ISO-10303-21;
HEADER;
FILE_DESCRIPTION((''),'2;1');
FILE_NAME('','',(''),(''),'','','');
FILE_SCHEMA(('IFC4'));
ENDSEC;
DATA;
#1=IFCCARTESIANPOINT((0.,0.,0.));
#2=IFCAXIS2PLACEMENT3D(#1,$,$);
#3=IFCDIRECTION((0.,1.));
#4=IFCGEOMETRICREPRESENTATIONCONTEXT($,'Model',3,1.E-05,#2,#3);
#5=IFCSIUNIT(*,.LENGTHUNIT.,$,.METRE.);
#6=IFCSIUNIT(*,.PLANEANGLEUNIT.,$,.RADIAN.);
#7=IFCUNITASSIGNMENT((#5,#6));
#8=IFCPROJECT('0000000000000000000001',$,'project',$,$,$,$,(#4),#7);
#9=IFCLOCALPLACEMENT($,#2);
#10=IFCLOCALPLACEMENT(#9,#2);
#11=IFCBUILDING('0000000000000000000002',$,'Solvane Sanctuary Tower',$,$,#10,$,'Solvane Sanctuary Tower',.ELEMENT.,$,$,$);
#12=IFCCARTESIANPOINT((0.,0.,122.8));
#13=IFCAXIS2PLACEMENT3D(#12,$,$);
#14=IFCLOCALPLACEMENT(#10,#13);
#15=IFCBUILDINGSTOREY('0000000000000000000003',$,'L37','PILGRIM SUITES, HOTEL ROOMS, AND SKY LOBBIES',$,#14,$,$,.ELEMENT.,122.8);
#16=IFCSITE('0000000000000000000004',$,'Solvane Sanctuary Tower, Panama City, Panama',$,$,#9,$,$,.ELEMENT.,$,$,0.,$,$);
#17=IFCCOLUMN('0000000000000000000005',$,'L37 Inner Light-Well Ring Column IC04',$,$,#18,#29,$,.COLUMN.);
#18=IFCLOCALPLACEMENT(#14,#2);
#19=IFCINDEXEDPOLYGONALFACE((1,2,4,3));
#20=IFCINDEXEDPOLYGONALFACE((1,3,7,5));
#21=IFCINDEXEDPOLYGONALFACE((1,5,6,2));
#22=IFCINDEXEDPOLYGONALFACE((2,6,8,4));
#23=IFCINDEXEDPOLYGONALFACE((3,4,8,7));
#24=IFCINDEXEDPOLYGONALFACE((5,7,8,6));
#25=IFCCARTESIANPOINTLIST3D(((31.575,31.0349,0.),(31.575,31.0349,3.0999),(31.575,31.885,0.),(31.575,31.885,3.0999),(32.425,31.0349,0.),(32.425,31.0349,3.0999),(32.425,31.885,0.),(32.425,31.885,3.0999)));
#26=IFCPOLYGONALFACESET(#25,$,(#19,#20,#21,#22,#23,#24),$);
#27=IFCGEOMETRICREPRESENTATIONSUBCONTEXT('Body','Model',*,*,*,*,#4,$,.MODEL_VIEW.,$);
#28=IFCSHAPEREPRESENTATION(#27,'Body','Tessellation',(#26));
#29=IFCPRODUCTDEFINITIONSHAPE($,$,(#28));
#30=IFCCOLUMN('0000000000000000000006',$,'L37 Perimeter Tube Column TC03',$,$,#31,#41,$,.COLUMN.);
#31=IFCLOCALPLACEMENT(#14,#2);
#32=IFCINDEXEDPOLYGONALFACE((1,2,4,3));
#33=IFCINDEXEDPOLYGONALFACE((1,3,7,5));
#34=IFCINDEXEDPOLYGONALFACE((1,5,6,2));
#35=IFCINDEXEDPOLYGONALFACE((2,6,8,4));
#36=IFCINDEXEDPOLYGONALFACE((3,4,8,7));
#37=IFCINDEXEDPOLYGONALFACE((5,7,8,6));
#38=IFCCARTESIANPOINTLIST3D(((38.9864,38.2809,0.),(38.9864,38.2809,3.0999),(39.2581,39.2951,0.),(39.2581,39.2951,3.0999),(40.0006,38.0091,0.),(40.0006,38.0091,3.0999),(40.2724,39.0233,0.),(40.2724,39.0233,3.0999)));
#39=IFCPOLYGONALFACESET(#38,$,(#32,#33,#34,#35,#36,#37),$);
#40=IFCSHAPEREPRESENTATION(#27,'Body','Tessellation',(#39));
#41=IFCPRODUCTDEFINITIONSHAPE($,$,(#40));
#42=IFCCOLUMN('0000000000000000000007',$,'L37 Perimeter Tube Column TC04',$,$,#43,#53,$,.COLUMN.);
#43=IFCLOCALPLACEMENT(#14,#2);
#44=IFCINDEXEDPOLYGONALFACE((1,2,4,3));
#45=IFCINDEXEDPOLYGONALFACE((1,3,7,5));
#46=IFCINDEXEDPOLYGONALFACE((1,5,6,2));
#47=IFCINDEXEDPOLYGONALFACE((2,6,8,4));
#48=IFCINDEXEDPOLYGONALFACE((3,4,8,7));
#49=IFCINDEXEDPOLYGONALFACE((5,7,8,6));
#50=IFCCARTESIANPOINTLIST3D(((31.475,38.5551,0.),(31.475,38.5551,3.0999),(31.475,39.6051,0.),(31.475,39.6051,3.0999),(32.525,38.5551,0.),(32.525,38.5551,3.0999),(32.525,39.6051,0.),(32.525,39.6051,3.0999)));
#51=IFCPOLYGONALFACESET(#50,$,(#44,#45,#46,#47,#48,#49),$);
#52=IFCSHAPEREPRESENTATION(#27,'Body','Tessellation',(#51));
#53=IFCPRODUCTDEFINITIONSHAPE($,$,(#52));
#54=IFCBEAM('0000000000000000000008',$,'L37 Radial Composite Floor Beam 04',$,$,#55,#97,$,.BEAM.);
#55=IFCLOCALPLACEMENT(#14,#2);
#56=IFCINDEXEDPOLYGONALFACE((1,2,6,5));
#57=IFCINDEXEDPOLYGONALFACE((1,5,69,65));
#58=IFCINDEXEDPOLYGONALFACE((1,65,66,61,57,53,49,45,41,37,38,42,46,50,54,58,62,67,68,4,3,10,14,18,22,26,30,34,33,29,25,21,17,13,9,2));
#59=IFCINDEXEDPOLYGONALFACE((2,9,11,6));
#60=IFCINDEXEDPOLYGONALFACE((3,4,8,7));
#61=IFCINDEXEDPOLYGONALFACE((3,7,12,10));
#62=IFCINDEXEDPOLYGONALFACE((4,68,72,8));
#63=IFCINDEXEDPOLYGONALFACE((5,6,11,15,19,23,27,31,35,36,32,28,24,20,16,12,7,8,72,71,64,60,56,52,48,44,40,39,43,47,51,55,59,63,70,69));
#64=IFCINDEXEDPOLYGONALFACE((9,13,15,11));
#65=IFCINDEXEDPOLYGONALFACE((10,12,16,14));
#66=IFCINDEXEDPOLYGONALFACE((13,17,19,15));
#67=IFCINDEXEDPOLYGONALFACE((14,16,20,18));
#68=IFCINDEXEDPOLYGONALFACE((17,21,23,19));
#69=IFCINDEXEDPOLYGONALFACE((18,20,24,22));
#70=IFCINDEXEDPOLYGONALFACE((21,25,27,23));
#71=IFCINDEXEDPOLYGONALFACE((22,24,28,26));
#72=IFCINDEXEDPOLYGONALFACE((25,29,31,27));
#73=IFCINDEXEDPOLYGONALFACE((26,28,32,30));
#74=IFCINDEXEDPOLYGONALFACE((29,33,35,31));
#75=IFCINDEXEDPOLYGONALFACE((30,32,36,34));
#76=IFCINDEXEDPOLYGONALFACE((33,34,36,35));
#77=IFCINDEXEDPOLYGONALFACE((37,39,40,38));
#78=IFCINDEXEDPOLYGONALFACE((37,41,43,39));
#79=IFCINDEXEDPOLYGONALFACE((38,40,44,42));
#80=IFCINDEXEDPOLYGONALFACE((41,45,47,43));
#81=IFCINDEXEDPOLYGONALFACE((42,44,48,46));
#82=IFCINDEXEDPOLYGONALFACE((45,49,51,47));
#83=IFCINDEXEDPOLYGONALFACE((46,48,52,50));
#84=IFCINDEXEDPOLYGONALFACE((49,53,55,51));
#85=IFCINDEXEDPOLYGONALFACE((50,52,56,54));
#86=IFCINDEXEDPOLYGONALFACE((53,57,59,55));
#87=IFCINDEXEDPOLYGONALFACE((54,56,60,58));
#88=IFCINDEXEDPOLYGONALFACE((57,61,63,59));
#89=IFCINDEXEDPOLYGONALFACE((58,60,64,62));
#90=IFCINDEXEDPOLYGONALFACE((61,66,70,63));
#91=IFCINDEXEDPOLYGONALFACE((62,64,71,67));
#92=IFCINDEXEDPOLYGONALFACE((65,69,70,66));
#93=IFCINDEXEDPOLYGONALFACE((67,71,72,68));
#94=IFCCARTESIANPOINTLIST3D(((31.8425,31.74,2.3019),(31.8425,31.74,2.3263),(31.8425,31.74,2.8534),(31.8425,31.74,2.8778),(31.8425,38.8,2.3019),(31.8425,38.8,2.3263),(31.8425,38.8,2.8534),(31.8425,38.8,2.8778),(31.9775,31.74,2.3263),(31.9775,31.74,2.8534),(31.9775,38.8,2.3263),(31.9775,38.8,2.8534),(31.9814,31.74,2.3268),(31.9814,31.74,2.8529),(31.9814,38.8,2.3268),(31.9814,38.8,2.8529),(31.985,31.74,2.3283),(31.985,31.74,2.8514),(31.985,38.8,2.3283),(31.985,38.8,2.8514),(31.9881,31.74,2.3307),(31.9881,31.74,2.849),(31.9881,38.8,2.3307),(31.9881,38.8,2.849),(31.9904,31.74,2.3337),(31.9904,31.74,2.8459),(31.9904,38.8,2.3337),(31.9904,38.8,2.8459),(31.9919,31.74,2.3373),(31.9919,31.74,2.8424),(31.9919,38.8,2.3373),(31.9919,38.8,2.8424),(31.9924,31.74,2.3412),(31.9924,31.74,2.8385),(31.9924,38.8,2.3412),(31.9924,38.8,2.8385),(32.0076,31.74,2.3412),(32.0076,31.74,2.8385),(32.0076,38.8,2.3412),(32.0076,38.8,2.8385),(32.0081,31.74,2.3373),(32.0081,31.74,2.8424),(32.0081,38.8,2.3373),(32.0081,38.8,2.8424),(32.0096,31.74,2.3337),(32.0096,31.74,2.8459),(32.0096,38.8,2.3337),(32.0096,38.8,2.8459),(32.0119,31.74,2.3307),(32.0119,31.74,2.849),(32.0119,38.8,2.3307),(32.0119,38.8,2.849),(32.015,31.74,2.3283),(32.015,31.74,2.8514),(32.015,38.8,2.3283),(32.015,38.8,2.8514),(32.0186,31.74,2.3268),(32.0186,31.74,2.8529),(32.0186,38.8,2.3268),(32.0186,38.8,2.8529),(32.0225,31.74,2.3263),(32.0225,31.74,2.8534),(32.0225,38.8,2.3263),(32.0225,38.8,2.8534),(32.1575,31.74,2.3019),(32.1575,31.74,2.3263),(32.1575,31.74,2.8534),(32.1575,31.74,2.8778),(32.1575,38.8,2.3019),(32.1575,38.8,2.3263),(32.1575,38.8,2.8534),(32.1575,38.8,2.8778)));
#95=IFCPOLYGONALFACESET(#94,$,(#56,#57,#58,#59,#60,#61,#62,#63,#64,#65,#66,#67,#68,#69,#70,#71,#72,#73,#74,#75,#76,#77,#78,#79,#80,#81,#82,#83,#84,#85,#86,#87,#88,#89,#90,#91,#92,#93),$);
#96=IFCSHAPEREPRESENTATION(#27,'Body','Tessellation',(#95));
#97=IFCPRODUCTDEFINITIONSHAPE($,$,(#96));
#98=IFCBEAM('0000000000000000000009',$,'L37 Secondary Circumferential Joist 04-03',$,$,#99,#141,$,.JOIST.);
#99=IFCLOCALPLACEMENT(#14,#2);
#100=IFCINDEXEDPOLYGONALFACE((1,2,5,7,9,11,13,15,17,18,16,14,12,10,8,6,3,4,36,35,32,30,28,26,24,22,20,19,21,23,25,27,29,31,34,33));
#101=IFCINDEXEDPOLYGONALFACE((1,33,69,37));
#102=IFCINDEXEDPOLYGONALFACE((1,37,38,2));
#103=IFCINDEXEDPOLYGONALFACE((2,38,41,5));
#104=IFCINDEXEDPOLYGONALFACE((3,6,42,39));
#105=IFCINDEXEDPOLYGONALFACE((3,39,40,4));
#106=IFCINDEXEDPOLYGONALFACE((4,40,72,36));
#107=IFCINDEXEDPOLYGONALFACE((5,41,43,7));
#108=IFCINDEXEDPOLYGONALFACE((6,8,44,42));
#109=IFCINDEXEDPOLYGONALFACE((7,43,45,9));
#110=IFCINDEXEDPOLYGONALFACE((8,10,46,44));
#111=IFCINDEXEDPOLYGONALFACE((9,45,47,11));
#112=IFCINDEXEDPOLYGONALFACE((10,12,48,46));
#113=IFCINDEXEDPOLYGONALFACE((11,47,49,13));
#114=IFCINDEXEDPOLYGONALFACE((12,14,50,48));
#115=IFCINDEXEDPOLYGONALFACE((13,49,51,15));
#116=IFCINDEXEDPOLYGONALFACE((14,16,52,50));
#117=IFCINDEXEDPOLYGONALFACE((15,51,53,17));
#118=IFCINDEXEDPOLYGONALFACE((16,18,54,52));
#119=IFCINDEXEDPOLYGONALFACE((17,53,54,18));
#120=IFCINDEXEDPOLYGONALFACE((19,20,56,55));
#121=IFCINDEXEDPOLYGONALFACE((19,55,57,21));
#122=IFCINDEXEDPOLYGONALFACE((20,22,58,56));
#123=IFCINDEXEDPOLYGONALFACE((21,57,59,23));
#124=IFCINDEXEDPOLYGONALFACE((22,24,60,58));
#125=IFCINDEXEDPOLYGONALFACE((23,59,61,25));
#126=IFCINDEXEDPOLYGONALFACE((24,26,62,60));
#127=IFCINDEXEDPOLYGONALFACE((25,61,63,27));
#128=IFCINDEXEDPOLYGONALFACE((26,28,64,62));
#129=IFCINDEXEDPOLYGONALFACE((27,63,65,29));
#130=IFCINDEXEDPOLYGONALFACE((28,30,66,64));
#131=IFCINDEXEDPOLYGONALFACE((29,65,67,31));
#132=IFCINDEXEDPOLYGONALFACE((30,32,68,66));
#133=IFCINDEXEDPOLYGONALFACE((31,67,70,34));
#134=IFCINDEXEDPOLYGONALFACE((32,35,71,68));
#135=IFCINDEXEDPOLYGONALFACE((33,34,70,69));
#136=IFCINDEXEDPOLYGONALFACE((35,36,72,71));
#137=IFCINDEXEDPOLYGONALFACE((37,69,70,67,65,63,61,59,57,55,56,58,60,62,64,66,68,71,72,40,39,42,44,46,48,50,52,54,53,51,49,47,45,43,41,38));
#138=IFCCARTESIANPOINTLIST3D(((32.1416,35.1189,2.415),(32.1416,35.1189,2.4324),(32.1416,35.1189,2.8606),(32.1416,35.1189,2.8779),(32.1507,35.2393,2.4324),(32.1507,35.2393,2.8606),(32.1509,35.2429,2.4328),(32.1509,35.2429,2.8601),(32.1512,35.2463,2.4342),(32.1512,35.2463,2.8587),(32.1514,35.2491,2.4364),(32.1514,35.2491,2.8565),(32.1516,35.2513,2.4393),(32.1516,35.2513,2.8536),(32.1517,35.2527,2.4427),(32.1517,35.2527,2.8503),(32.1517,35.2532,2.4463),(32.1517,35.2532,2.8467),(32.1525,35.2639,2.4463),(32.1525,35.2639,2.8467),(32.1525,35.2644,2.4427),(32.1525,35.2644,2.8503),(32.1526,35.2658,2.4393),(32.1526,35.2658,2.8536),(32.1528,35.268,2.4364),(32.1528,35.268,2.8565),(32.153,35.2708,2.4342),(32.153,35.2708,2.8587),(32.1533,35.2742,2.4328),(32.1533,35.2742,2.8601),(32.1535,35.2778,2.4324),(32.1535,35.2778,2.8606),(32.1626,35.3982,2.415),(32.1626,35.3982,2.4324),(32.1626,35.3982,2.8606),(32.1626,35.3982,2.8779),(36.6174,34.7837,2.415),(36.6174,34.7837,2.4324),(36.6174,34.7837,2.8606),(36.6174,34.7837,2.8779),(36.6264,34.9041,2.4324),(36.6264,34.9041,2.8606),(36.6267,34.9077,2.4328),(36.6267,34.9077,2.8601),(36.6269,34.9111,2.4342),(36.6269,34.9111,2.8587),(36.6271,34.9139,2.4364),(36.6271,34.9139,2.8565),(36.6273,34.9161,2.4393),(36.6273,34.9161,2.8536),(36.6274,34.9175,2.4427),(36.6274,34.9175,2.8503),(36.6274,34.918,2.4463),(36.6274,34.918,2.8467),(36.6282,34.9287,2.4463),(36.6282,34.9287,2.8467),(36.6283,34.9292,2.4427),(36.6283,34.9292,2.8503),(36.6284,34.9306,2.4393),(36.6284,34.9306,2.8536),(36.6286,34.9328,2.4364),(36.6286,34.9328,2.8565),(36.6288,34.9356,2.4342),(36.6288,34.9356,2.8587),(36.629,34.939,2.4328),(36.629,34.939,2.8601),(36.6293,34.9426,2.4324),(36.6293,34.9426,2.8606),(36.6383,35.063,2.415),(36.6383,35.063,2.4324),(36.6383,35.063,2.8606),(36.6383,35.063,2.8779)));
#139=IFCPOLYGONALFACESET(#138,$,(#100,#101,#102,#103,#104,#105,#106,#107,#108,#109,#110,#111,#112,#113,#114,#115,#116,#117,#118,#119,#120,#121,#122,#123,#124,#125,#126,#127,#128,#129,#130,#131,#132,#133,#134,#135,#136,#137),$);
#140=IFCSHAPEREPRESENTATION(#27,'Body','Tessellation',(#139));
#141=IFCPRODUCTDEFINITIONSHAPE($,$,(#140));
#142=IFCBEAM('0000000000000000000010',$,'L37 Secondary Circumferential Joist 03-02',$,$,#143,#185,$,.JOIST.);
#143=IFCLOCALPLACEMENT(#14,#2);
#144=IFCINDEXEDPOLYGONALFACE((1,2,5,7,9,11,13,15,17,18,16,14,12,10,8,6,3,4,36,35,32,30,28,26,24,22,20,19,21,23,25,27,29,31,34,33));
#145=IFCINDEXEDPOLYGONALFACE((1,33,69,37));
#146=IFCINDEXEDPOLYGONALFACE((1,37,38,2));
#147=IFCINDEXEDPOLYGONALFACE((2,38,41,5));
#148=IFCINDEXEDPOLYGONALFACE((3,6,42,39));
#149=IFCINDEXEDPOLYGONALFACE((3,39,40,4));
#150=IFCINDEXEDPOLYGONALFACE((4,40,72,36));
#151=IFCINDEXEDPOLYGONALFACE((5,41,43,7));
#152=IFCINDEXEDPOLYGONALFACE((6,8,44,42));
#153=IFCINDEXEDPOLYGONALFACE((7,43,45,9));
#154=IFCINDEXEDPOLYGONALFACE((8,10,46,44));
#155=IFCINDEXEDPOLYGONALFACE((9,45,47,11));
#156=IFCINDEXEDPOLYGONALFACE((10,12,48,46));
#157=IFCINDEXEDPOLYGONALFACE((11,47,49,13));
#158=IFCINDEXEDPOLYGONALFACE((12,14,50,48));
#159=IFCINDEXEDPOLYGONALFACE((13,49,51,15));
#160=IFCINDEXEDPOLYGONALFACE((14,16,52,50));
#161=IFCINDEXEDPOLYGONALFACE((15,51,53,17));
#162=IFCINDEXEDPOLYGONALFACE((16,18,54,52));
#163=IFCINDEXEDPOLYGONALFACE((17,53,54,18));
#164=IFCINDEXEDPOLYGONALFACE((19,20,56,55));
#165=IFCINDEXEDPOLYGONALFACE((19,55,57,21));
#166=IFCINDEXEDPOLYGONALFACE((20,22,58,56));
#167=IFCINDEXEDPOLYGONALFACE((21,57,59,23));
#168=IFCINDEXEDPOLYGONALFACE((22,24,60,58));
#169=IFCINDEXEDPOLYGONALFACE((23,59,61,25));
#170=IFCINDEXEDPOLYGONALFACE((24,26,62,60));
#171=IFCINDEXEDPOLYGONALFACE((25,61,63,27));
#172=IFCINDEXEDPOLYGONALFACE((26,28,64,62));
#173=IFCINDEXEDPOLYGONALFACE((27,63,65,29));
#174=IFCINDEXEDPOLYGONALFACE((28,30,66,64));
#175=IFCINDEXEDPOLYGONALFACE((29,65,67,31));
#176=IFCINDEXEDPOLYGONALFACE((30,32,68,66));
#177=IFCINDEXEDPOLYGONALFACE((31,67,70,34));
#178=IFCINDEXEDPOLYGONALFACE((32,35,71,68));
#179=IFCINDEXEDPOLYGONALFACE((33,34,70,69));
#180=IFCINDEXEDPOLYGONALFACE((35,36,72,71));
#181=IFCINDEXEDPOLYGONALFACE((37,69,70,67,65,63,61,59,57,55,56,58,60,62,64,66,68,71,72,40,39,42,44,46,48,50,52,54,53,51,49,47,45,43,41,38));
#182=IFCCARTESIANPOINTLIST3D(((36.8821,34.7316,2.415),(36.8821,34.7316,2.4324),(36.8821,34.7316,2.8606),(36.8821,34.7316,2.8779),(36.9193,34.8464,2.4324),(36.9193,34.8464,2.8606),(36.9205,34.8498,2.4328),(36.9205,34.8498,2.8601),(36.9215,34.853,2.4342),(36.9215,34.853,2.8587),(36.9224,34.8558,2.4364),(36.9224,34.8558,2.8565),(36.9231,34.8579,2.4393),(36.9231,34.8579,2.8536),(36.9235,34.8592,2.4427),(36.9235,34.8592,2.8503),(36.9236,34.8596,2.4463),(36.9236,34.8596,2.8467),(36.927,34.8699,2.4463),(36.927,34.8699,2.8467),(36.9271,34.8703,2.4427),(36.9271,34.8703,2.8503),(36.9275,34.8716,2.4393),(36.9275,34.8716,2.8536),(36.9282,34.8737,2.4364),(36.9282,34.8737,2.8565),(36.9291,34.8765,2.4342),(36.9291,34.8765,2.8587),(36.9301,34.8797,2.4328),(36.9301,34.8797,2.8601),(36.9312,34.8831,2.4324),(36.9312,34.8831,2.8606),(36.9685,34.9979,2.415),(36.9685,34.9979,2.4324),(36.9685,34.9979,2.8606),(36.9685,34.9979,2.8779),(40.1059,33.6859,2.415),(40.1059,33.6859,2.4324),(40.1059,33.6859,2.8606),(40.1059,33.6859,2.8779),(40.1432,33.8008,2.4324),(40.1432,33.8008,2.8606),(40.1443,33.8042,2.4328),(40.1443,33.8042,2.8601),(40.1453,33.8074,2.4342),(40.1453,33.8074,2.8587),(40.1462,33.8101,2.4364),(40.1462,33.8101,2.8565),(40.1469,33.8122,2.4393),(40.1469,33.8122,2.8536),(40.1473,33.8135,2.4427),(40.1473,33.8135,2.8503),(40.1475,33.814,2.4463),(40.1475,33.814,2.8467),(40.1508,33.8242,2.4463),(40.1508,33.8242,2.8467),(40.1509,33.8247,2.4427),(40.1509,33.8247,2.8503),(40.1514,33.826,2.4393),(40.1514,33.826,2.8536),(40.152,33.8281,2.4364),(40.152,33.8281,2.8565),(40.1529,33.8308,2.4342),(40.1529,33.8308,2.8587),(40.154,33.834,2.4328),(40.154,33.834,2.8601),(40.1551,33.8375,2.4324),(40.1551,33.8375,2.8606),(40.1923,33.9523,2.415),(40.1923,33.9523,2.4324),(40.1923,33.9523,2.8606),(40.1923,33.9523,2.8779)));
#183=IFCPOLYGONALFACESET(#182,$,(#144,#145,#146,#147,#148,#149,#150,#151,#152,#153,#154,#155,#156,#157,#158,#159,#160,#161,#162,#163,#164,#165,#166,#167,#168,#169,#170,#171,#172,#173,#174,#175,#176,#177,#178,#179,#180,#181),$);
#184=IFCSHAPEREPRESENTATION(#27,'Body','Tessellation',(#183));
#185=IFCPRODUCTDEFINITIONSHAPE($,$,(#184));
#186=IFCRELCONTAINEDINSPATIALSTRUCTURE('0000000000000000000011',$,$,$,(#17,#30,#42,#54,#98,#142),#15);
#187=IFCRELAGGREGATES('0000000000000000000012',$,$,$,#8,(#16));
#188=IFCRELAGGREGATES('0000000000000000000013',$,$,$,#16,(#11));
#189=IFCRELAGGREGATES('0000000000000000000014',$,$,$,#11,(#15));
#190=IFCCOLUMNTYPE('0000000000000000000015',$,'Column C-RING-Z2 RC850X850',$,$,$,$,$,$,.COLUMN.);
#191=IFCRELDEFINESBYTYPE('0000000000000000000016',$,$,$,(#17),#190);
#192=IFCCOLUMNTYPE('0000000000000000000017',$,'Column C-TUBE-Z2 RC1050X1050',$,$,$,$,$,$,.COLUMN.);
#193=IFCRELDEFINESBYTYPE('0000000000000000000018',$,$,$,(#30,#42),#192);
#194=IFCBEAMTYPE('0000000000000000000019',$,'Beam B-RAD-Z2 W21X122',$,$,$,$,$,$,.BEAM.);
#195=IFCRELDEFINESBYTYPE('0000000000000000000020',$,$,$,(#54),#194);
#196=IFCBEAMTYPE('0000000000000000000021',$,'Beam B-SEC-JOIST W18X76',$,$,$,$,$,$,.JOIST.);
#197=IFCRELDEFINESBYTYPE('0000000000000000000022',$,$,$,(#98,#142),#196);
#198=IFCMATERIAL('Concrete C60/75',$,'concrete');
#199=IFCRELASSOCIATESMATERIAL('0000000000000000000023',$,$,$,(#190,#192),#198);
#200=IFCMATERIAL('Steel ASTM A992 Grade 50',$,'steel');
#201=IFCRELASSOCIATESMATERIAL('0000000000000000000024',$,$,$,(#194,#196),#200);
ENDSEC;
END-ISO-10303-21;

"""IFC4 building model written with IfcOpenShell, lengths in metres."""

from ifc_helpers import new_model, si_unit, direction, frame, origin, origin_2d, place, context, subcontext, project, spatial, rectangle, i_section, extrude, material, material_profile, profile_set, type_object, element, save


model = new_model("IFC4")

# Units and contexts
model_context = context("Model", 3, precision=1e-05, world=origin(), true_north=direction((0.0, 1.0)))
body_context = subcontext(model_context, "Body", "Model", "MODEL_VIEW")
ifc_project = project(units=[si_unit("LENGTHUNIT", "METRE"), si_unit("PLANEANGLEUNIT", "RADIAN")], contexts=[model_context])

# Site, building, storey
site_placement = place(None, origin())
site = spatial("IfcSite", under=ifc_project, at=site_placement, Name="Solvane Sanctuary Tower, Panama City, Panama", CompositionType="ELEMENT", RefElevation=0.0)
building_placement = place(site_placement, origin())
building = spatial("IfcBuilding", under=site, at=building_placement, Name="Solvane Sanctuary Tower", LongName="Solvane Sanctuary Tower", CompositionType="ELEMENT")
storey_placement = place(building_placement, frame((0.0, 0.0, 122.8)))
storey = spatial("IfcBuildingStorey", under=building, at=storey_placement, Name="L37", Description="PILGRIM SUITES, HOTEL ROOMS, AND SKY LOBBIES", CompositionType="ELEMENT", Elevation=122.8)

# Columns
ifc_material_1 = material(Name="Concrete C60/75", Category="concrete")
ifc_material_profile_1 = material_profile(ifc_material_1, rectangle(XDim=0.8501, YDim=0.8501, at=origin_2d()), Name="RC850X850")
ifc_profile_set_1 = profile_set([ifc_material_profile_1], Name="Concrete C60/75")
column_type_1 = type_object("IfcColumnType", Name="Column C-RING-Z2 RC850X850", PredefinedType="COLUMN", material=ifc_profile_set_1)
column_placement = place(storey_placement, frame((32.0, 31.46, 0.0), z_axis=(0.0, 0.0, 1.0), x_axis=(1.0, 0.0, 0.0)))
element("IfcColumn", 1, at=column_placement, inside=storey, type_object=column_type_1, Name="L37 Inner Light-Well Ring Column IC04", PredefinedType="COLUMN", context=body_context, shape_type="SweptSolid", body=[
    extrude(rectangle(XDim=0.8501, YDim=0.8501, at=origin_2d()), origin(), (0.0, 0.0, 1.0), 3.0999),
])
ifc_material_profile_2 = material_profile(ifc_material_1, rectangle(XDim=1.05, YDim=1.05, at=origin_2d()), Name="RC1050X1050")
ifc_profile_set_2 = profile_set([ifc_material_profile_2], Name="Concrete C60/75")
column_type_2 = type_object("IfcColumnType", Name="Column C-TUBE-Z2 RC1050X1050", PredefinedType="COLUMN", material=ifc_profile_set_2)
for number, where, z_axis, x_axis, name in (
    (2, (39.6294, 38.6521, 0.0), (0.0, 0.0, 1.0), (0.258819, 0.965926, 0.0), "L37 Perimeter Tube Column TC03"),
    (3, (32.0, 39.0801, 0.0), (0.0, 0.0, 1.0), (0.0, 1.0, 0.0), "L37 Perimeter Tube Column TC04"),
):
    element("IfcColumn", number, at=place(storey_placement, frame(where, z_axis=z_axis, x_axis=x_axis)), inside=storey, type_object=column_type_2, Name=name, PredefinedType="COLUMN", context=body_context, shape_type="SweptSolid", body=[
        extrude(rectangle(XDim=1.05, YDim=1.05, at=origin_2d()), origin(), (0.0, 0.0, 1.0), 3.0999),
    ])

# Beams
ifc_material_2 = material(Name="Steel ASTM A992 Grade 50", Category="steel")
ifc_material_profile_3 = material_profile(ifc_material_2, i_section(OverallWidth=0.3149, OverallDepth=0.5759, WebThickness=0.0151, FlangeThickness=0.0244, FilletRadius=0.0149, at=origin_2d()), Name="W21X122")
ifc_profile_set_3 = profile_set([ifc_material_profile_3], Name="Steel ASTM A992 Grade 50")
beam_type_1 = type_object("IfcBeamType", Name="Beam B-RAD-Z2 W21X122", PredefinedType="BEAM", material=ifc_profile_set_3)
beam_1_placement = place(storey_placement, frame((32.0, 31.74, 2.5898), z_axis=(0.0, 1.0, 0.0), x_axis=(-1.0, 0.0, 0.0)))
element("IfcBeam", 4, at=beam_1_placement, inside=storey, type_object=beam_type_1, Name="L37 Radial Composite Floor Beam 04", PredefinedType="BEAM", context=body_context, shape_type="SweptSolid", body=[
    extrude(i_section(OverallWidth=0.3149, OverallDepth=0.5759, WebThickness=0.0151, FlangeThickness=0.0244, FilletRadius=0.0149, at=origin_2d()), origin(), (0.0, 0.0, 1.0), 7.0601),
])
ifc_material_profile_4 = material_profile(ifc_material_2, i_section(OverallWidth=0.28, OverallDepth=0.4629, WebThickness=0.0107, FlangeThickness=0.0173, FilletRadius=0.0139, at=origin_2d()), Name="W18X76")
ifc_profile_set_4 = profile_set([ifc_material_profile_4], Name="Steel ASTM A992 Grade 50")
beam_type_2 = type_object("IfcBeamType", Name="Beam B-SEC-JOIST W18X76", PredefinedType="JOIST", material=ifc_profile_set_4)
beam_2_placement = place(storey_placement, frame((32.1521, 35.2585, 2.6465), z_axis=(0.997207, -0.074683, 0.0), x_axis=(0.074683, 0.997207, 0.0)))
element("IfcBeam", 5, at=beam_2_placement, inside=storey, type_object=beam_type_2, Name="L37 Secondary Circumferential Joist 04-03", PredefinedType="JOIST", context=body_context, shape_type="SweptSolid", body=[
    extrude(i_section(OverallWidth=0.28, OverallDepth=0.4629, WebThickness=0.0107, FlangeThickness=0.0173, FilletRadius=0.0139, at=origin_2d()), origin(), (0.0, 0.0, 1.0), 4.4883),
])
beam_3_placement = place(storey_placement, frame((36.9253, 34.8647, 2.6465), z_axis=(0.951217, -0.308524, 0.0), x_axis=(0.308524, 0.951217, 0.0)))
element("IfcBeam", 6, at=beam_3_placement, inside=storey, type_object=beam_type_2, Name="L37 Secondary Circumferential Joist 03-02", PredefinedType="JOIST", context=body_context, shape_type="SweptSolid", body=[
    extrude(i_section(OverallWidth=0.28, OverallDepth=0.4629, WebThickness=0.0107, FlangeThickness=0.0173, FilletRadius=0.0139, at=origin_2d()), origin(), (0.0, 0.0, 1.0), 3.3892),
])

save(model, "model.ifc")
